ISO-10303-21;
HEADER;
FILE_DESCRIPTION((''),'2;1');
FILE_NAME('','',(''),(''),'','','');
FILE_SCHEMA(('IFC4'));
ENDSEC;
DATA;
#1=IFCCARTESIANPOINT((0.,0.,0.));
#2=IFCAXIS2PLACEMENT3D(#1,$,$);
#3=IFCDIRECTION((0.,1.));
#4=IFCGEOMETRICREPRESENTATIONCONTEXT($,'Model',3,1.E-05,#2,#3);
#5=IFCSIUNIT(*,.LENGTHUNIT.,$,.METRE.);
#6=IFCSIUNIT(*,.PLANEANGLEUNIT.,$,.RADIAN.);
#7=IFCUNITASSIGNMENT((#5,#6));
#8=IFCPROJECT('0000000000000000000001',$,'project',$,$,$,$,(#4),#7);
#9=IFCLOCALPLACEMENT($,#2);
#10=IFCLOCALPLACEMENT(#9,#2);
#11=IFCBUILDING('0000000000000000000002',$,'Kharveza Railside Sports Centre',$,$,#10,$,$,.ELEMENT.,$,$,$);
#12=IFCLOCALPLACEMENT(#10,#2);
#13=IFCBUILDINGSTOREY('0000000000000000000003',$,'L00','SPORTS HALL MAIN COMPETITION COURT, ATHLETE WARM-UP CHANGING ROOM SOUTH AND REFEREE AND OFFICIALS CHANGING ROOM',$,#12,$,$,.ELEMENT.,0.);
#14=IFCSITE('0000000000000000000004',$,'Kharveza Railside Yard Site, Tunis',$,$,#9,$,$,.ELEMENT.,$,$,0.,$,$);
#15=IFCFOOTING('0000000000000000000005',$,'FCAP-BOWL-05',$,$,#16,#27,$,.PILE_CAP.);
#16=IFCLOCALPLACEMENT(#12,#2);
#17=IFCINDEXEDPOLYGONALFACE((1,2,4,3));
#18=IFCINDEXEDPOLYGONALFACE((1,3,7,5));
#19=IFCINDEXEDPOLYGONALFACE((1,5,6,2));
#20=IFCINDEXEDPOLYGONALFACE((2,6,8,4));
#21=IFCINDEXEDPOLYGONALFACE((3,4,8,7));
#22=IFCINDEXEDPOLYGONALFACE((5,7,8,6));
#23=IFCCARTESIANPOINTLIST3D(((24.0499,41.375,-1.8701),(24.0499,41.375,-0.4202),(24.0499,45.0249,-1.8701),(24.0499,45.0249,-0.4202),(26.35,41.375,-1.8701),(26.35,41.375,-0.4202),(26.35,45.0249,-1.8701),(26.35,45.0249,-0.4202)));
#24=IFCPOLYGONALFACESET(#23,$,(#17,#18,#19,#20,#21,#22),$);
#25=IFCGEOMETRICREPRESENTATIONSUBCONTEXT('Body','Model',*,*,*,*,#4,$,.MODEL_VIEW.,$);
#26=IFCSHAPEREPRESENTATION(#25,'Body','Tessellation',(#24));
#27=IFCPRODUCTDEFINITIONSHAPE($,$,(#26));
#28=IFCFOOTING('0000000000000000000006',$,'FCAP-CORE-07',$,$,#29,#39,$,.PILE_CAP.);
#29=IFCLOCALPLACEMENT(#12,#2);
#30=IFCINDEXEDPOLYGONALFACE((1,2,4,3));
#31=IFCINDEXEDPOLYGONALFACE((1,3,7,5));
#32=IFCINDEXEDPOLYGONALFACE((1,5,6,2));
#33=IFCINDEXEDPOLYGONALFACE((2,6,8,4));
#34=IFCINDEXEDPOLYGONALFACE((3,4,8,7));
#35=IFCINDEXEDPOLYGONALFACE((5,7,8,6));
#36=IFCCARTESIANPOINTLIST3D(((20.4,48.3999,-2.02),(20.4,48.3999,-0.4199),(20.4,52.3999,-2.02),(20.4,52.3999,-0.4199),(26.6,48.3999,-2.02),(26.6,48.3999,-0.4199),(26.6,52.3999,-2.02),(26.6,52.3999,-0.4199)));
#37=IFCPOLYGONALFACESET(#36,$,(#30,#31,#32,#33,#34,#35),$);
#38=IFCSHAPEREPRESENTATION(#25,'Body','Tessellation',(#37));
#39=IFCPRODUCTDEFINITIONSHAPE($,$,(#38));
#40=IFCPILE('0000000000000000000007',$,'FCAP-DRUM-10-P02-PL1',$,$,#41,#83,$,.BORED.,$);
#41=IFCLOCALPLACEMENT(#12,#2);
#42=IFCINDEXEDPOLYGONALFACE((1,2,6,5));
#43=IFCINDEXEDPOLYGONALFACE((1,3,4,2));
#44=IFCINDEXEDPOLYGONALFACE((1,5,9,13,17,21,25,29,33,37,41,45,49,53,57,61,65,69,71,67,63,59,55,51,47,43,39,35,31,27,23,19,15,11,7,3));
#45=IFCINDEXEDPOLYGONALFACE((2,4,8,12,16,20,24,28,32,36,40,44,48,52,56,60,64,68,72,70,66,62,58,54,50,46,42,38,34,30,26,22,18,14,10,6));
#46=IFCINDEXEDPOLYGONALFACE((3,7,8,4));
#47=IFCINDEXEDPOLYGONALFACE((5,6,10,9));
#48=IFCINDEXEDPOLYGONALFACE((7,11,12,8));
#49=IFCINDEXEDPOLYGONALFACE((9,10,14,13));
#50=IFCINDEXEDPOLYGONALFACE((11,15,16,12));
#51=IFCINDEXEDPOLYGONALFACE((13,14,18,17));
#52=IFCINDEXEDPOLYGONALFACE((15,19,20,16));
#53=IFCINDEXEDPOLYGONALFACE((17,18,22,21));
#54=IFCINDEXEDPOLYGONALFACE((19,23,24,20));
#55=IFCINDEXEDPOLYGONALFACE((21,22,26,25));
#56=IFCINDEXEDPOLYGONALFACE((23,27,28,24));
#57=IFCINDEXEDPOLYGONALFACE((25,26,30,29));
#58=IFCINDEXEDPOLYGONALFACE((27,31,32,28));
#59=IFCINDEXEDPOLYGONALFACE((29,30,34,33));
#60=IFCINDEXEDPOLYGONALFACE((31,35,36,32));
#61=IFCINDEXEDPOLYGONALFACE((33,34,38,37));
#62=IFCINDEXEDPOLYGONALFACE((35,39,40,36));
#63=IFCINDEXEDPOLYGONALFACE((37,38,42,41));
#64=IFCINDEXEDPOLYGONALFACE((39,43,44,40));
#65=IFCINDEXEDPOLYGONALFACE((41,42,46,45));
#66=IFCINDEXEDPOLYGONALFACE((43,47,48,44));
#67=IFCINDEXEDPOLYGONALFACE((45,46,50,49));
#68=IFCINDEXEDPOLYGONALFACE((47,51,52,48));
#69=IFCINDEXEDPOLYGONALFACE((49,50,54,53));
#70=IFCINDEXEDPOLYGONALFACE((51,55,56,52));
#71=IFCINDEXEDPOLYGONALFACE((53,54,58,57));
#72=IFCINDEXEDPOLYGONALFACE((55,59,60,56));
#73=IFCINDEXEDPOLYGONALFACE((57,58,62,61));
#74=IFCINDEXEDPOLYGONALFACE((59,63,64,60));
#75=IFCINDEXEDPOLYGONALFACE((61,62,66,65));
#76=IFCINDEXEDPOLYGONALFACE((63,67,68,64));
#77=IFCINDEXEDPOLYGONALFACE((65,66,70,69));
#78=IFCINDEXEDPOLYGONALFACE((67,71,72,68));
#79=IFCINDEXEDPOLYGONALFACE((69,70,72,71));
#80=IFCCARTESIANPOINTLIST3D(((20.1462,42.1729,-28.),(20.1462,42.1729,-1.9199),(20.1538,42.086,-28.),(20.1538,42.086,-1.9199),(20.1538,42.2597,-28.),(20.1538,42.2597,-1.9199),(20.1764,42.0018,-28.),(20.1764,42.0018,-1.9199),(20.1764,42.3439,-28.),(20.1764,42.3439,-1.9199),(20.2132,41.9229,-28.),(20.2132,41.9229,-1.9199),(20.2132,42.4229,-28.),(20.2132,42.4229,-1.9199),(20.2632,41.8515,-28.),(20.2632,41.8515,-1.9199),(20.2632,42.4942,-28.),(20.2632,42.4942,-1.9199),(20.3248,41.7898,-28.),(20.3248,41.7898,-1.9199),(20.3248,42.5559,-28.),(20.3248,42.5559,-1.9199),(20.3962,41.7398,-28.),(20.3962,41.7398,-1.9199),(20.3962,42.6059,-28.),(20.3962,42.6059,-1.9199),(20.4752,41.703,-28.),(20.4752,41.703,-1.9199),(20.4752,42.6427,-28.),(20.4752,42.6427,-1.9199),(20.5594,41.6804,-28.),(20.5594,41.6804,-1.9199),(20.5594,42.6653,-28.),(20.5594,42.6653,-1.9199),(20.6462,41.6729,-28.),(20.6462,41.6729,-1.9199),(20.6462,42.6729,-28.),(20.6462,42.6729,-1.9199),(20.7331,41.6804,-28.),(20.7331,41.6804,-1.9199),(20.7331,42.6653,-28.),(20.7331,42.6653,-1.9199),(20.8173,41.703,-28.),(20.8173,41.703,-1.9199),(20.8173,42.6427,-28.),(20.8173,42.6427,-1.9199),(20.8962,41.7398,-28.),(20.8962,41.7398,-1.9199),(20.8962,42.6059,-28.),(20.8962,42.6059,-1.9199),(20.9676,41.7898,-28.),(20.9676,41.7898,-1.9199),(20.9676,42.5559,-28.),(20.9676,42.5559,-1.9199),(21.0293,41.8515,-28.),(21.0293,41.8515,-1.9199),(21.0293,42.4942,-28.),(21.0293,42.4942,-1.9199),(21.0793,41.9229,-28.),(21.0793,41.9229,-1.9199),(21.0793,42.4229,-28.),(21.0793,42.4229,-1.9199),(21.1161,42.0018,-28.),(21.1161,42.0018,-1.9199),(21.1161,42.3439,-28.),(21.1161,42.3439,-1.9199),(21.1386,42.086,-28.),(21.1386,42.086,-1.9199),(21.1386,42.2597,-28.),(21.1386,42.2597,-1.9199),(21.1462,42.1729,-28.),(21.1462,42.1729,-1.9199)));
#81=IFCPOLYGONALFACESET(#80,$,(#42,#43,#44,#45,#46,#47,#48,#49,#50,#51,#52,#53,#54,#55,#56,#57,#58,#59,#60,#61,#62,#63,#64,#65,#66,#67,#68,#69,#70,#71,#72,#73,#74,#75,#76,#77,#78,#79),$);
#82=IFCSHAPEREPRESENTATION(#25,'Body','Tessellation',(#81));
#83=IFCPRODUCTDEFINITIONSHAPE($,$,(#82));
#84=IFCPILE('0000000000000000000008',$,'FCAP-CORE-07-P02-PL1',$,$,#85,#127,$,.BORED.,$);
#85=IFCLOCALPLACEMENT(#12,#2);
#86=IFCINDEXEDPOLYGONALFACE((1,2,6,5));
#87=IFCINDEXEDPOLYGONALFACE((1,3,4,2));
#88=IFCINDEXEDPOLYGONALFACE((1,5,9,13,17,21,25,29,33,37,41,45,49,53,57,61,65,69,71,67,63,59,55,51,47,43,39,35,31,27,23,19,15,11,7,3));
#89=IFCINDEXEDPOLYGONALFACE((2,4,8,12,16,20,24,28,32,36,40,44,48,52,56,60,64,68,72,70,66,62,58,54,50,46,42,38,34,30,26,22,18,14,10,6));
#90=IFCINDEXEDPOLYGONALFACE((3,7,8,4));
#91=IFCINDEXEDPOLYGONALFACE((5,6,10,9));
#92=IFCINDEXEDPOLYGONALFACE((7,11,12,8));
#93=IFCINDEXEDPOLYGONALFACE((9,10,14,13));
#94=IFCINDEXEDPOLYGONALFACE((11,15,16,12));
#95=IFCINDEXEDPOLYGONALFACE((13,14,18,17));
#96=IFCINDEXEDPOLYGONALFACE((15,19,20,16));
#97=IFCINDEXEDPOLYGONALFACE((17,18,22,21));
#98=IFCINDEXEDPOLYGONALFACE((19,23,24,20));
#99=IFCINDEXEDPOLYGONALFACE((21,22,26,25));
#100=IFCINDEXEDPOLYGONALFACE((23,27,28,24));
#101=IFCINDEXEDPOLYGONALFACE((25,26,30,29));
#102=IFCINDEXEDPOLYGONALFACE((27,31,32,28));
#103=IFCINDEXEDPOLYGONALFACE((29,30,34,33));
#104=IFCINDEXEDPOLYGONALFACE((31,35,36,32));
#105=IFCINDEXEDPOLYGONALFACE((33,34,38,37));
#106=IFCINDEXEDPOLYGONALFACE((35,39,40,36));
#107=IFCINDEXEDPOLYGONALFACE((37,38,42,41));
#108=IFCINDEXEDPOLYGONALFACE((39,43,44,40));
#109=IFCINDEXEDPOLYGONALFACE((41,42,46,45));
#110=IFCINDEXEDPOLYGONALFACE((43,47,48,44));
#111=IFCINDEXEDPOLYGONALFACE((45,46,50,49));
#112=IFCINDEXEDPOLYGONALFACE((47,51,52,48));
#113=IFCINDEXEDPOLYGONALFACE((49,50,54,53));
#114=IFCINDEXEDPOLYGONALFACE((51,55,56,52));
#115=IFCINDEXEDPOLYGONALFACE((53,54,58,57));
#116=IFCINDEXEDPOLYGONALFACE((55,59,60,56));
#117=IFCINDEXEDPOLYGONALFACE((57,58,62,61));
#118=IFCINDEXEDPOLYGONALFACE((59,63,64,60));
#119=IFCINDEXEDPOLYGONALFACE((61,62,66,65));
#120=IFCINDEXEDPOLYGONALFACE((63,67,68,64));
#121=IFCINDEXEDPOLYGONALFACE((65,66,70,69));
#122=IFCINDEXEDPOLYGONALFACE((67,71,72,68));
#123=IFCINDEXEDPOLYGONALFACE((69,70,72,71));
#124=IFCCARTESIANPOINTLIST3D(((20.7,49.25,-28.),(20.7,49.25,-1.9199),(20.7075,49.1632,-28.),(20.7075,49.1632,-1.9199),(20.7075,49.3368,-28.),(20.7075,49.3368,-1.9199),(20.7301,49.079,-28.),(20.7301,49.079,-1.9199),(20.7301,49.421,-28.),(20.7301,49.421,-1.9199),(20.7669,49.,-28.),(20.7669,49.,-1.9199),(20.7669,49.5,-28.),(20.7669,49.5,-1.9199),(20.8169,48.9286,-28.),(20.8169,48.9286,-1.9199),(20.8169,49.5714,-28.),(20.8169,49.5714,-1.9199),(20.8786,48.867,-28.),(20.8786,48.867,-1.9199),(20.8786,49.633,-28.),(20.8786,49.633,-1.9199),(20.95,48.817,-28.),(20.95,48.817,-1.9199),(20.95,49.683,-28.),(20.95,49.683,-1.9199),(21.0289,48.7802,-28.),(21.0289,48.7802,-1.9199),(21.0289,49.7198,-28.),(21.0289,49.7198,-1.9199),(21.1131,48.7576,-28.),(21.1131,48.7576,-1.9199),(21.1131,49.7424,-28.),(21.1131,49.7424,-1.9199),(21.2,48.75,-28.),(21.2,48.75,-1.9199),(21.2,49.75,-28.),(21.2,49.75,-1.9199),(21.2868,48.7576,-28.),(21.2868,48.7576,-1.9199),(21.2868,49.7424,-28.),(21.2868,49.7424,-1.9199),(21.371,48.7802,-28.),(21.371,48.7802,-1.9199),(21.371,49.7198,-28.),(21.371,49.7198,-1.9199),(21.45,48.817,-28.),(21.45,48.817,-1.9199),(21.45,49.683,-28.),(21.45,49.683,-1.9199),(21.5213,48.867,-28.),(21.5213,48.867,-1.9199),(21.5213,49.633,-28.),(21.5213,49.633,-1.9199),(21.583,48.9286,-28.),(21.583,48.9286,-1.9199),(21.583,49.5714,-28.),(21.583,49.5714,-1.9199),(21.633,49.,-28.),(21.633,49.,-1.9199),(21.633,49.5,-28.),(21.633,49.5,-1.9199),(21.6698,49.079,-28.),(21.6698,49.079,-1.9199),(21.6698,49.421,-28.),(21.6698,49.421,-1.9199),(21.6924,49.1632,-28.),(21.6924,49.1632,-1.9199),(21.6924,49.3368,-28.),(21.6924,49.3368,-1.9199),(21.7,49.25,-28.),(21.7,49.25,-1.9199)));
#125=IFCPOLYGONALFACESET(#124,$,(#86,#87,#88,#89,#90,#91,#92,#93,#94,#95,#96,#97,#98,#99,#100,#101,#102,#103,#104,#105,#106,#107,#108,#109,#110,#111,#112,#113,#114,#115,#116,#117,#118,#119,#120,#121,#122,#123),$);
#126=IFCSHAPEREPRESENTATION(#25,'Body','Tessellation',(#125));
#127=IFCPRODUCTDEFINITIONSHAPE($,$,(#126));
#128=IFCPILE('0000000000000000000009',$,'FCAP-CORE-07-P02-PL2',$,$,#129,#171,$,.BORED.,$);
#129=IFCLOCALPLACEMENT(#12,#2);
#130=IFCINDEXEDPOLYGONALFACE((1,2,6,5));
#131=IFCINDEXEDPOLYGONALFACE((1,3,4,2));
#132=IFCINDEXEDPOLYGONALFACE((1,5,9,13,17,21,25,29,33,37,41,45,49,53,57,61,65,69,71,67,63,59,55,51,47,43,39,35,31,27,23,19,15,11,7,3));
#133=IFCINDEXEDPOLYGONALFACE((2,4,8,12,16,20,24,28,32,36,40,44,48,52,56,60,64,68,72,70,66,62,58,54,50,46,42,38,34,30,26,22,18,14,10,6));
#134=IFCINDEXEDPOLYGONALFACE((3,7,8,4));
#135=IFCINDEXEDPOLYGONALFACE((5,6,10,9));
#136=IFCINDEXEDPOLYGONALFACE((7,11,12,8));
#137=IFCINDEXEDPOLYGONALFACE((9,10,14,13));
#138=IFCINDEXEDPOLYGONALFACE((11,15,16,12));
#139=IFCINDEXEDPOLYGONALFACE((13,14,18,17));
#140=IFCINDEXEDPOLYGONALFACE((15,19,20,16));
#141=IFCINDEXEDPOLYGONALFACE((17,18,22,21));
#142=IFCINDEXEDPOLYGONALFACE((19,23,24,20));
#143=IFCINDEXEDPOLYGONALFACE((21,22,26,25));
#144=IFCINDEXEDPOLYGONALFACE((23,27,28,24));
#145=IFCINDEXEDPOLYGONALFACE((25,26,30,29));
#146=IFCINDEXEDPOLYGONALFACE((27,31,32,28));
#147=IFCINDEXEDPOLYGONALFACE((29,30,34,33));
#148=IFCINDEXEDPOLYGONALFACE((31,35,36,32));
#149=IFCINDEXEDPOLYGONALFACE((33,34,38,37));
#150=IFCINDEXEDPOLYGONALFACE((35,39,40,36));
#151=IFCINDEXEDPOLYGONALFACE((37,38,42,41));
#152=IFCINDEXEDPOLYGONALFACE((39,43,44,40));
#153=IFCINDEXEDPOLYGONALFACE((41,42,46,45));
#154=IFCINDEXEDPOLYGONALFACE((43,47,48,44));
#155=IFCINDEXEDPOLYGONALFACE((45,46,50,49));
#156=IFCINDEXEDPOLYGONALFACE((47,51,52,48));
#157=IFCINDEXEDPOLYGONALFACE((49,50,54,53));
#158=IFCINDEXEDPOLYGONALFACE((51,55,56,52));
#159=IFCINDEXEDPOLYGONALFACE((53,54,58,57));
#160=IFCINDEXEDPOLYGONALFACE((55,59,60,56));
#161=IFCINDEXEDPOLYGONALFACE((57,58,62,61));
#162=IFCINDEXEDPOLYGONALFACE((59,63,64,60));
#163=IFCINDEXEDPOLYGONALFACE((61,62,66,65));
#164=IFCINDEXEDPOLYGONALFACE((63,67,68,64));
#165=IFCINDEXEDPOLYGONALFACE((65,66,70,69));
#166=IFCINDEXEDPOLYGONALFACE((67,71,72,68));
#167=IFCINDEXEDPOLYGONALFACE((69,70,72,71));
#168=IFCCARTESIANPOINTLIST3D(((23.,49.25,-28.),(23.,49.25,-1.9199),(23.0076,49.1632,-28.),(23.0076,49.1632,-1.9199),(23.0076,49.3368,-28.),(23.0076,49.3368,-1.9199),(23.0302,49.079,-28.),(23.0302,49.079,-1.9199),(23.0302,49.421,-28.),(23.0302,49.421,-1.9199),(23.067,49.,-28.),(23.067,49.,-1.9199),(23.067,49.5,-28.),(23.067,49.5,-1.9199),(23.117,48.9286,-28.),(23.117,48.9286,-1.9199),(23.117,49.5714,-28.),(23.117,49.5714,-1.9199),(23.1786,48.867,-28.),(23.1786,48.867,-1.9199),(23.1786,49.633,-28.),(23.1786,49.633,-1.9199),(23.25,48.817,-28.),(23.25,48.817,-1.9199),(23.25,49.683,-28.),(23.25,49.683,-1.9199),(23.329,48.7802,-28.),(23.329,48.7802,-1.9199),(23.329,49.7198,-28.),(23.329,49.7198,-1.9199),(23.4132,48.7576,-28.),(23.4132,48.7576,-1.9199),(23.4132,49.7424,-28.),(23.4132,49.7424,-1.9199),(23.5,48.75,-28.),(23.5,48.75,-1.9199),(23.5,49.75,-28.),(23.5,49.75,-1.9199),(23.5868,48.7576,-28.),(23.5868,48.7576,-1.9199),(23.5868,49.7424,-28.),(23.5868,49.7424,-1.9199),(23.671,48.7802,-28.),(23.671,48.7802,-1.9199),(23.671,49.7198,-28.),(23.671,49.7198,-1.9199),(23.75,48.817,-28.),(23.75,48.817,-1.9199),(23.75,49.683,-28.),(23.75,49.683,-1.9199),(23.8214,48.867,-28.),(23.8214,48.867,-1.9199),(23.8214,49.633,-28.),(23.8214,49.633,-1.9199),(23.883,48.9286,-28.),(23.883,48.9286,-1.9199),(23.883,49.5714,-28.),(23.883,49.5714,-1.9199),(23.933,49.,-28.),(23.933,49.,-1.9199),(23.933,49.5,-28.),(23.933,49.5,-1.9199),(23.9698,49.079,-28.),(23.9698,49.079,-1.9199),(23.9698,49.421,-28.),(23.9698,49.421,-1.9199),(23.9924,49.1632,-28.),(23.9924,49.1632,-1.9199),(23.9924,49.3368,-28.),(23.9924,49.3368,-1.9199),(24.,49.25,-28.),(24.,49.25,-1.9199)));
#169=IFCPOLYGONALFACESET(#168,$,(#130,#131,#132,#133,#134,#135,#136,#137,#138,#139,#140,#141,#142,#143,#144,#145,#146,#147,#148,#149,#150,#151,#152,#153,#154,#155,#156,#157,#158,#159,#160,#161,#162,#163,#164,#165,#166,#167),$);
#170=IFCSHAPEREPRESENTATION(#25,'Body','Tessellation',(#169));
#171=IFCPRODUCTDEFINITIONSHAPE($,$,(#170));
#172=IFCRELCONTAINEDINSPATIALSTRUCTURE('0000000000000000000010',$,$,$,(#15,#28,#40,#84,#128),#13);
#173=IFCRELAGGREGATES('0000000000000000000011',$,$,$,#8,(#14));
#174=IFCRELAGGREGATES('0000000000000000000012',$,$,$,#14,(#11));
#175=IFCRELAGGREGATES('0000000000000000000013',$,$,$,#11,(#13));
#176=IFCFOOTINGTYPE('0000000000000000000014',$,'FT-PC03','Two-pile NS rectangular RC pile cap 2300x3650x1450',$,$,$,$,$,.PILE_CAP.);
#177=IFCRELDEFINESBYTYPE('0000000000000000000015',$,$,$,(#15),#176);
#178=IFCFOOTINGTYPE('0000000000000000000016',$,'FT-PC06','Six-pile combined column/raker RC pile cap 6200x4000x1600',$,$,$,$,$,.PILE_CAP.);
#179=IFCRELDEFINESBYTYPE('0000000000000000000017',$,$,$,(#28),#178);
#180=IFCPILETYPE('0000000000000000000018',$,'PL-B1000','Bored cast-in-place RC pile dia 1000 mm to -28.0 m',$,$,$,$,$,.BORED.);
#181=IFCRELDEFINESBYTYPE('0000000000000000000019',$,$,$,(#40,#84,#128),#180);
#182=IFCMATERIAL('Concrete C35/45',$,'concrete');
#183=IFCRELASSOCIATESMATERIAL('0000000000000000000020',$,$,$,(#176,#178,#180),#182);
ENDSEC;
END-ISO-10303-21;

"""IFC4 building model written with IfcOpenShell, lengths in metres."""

from ifc_helpers import new_model, si_unit, direction, frame, origin, origin_2d, place, context, subcontext, project, spatial, rectangle, circle, extrude, material, material_profile, profile_set, type_object, element, save


model = new_model("IFC4")

# Units and contexts
model_context = context("Model", 3, precision=1e-05, world=origin(), true_north=direction((0.0, 1.0)))
body_context = subcontext(model_context, "Body", "Model", "MODEL_VIEW")
ifc_project = project(units=[si_unit("LENGTHUNIT", "METRE"), si_unit("PLANEANGLEUNIT", "RADIAN")], contexts=[model_context])

# Site, building, storey
site_placement = place(None, origin())
site = spatial("IfcSite", under=ifc_project, at=site_placement, Name="Kharveza Railside Yard Site, Tunis", CompositionType="ELEMENT", RefElevation=0.0)
building_placement = place(site_placement, origin())
building = spatial("IfcBuilding", under=site, at=building_placement, Name="Kharveza Railside Sports Centre", CompositionType="ELEMENT")
storey_placement = place(building_placement, origin())
storey = spatial("IfcBuildingStorey", under=building, at=storey_placement, Name="L00", Description="SPORTS HALL MAIN COMPETITION COURT, ATHLETE WARM-UP CHANGING ROOM SOUTH AND REFEREE AND OFFICIALS CHANGING ROOM", CompositionType="ELEMENT", Elevation=0.0)

# Footings
ifc_material_1 = material(Name="Concrete C35/45", Category="concrete")
footing_type_1 = type_object("IfcFootingType", Name="FT-PC03", Description="Two-pile NS rectangular RC pile cap 2300x3650x1450", PredefinedType="PILE_CAP", material=ifc_material_1)
footing_1_placement = place(storey_placement, frame((25.2, 43.2, -1.8701), z_axis=(0.0, 0.0, 1.0), x_axis=(1.0, 0.0, 0.0)))
element("IfcFooting", 1, at=footing_1_placement, inside=storey, type_object=footing_type_1, Name="FCAP-BOWL-05", PredefinedType="PILE_CAP", context=body_context, shape_type="SweptSolid", body=[
    extrude(rectangle(XDim=2.3, YDim=3.6499, at=origin_2d()), origin(), (0.0, 0.0, 1.0), 1.45),
])
footing_type_2 = type_object("IfcFootingType", Name="FT-PC06", Description="Six-pile combined column/raker RC pile cap 6200x4000x1600", PredefinedType="PILE_CAP", material=ifc_material_1)
footing_2_placement = place(storey_placement, frame((23.5, 50.3999, -2.02), z_axis=(0.0, 0.0, 1.0), x_axis=(1.0, 0.0, 0.0)))
element("IfcFooting", 2, at=footing_2_placement, inside=storey, type_object=footing_type_2, Name="FCAP-CORE-07", PredefinedType="PILE_CAP", context=body_context, shape_type="SweptSolid", body=[
    extrude(rectangle(XDim=6.2, YDim=4.0, at=origin_2d()), origin(), (0.0, 0.0, 1.0), 1.6001),
])

# Piles
ifc_material_profile_1 = material_profile(ifc_material_1, circle(Radius=0.5, at=origin_2d()), Name="PILE D1000")
ifc_profile_set_1 = profile_set([ifc_material_profile_1], Name="Concrete C35/45")
pile_type_1 = type_object("IfcPileType", Name="PL-B1000", Description="Bored cast-in-place RC pile dia 1000 mm to -28.0 m", PredefinedType="BORED", material=ifc_profile_set_1)
for number, where, z_axis, x_axis, name in (
    (3, (20.6462, 42.1729, -1.9199), (0.0, 0.0, -1.0), (1.0, 0.0, 0.0), "FCAP-DRUM-10-P02-PL1"),
    (4, (21.2, 49.25, -1.9199), (0.0, 0.0, -1.0), (1.0, 0.0, 0.0), "FCAP-CORE-07-P02-PL1"),
    (5, (23.5, 49.25, -1.9199), (0.0, 0.0, -1.0), (1.0, 0.0, 0.0), "FCAP-CORE-07-P02-PL2"),
):
    element("IfcPile", number, at=place(storey_placement, frame(where, z_axis=z_axis, x_axis=x_axis)), inside=storey, type_object=pile_type_1, Name=name, PredefinedType="BORED", context=body_context, shape_type="SweptSolid", body=[
        extrude(circle(Radius=0.5, at=origin_2d()), origin(), (0.0, 0.0, 1.0), 26.0801),
    ])

save(model, "model.ifc")
